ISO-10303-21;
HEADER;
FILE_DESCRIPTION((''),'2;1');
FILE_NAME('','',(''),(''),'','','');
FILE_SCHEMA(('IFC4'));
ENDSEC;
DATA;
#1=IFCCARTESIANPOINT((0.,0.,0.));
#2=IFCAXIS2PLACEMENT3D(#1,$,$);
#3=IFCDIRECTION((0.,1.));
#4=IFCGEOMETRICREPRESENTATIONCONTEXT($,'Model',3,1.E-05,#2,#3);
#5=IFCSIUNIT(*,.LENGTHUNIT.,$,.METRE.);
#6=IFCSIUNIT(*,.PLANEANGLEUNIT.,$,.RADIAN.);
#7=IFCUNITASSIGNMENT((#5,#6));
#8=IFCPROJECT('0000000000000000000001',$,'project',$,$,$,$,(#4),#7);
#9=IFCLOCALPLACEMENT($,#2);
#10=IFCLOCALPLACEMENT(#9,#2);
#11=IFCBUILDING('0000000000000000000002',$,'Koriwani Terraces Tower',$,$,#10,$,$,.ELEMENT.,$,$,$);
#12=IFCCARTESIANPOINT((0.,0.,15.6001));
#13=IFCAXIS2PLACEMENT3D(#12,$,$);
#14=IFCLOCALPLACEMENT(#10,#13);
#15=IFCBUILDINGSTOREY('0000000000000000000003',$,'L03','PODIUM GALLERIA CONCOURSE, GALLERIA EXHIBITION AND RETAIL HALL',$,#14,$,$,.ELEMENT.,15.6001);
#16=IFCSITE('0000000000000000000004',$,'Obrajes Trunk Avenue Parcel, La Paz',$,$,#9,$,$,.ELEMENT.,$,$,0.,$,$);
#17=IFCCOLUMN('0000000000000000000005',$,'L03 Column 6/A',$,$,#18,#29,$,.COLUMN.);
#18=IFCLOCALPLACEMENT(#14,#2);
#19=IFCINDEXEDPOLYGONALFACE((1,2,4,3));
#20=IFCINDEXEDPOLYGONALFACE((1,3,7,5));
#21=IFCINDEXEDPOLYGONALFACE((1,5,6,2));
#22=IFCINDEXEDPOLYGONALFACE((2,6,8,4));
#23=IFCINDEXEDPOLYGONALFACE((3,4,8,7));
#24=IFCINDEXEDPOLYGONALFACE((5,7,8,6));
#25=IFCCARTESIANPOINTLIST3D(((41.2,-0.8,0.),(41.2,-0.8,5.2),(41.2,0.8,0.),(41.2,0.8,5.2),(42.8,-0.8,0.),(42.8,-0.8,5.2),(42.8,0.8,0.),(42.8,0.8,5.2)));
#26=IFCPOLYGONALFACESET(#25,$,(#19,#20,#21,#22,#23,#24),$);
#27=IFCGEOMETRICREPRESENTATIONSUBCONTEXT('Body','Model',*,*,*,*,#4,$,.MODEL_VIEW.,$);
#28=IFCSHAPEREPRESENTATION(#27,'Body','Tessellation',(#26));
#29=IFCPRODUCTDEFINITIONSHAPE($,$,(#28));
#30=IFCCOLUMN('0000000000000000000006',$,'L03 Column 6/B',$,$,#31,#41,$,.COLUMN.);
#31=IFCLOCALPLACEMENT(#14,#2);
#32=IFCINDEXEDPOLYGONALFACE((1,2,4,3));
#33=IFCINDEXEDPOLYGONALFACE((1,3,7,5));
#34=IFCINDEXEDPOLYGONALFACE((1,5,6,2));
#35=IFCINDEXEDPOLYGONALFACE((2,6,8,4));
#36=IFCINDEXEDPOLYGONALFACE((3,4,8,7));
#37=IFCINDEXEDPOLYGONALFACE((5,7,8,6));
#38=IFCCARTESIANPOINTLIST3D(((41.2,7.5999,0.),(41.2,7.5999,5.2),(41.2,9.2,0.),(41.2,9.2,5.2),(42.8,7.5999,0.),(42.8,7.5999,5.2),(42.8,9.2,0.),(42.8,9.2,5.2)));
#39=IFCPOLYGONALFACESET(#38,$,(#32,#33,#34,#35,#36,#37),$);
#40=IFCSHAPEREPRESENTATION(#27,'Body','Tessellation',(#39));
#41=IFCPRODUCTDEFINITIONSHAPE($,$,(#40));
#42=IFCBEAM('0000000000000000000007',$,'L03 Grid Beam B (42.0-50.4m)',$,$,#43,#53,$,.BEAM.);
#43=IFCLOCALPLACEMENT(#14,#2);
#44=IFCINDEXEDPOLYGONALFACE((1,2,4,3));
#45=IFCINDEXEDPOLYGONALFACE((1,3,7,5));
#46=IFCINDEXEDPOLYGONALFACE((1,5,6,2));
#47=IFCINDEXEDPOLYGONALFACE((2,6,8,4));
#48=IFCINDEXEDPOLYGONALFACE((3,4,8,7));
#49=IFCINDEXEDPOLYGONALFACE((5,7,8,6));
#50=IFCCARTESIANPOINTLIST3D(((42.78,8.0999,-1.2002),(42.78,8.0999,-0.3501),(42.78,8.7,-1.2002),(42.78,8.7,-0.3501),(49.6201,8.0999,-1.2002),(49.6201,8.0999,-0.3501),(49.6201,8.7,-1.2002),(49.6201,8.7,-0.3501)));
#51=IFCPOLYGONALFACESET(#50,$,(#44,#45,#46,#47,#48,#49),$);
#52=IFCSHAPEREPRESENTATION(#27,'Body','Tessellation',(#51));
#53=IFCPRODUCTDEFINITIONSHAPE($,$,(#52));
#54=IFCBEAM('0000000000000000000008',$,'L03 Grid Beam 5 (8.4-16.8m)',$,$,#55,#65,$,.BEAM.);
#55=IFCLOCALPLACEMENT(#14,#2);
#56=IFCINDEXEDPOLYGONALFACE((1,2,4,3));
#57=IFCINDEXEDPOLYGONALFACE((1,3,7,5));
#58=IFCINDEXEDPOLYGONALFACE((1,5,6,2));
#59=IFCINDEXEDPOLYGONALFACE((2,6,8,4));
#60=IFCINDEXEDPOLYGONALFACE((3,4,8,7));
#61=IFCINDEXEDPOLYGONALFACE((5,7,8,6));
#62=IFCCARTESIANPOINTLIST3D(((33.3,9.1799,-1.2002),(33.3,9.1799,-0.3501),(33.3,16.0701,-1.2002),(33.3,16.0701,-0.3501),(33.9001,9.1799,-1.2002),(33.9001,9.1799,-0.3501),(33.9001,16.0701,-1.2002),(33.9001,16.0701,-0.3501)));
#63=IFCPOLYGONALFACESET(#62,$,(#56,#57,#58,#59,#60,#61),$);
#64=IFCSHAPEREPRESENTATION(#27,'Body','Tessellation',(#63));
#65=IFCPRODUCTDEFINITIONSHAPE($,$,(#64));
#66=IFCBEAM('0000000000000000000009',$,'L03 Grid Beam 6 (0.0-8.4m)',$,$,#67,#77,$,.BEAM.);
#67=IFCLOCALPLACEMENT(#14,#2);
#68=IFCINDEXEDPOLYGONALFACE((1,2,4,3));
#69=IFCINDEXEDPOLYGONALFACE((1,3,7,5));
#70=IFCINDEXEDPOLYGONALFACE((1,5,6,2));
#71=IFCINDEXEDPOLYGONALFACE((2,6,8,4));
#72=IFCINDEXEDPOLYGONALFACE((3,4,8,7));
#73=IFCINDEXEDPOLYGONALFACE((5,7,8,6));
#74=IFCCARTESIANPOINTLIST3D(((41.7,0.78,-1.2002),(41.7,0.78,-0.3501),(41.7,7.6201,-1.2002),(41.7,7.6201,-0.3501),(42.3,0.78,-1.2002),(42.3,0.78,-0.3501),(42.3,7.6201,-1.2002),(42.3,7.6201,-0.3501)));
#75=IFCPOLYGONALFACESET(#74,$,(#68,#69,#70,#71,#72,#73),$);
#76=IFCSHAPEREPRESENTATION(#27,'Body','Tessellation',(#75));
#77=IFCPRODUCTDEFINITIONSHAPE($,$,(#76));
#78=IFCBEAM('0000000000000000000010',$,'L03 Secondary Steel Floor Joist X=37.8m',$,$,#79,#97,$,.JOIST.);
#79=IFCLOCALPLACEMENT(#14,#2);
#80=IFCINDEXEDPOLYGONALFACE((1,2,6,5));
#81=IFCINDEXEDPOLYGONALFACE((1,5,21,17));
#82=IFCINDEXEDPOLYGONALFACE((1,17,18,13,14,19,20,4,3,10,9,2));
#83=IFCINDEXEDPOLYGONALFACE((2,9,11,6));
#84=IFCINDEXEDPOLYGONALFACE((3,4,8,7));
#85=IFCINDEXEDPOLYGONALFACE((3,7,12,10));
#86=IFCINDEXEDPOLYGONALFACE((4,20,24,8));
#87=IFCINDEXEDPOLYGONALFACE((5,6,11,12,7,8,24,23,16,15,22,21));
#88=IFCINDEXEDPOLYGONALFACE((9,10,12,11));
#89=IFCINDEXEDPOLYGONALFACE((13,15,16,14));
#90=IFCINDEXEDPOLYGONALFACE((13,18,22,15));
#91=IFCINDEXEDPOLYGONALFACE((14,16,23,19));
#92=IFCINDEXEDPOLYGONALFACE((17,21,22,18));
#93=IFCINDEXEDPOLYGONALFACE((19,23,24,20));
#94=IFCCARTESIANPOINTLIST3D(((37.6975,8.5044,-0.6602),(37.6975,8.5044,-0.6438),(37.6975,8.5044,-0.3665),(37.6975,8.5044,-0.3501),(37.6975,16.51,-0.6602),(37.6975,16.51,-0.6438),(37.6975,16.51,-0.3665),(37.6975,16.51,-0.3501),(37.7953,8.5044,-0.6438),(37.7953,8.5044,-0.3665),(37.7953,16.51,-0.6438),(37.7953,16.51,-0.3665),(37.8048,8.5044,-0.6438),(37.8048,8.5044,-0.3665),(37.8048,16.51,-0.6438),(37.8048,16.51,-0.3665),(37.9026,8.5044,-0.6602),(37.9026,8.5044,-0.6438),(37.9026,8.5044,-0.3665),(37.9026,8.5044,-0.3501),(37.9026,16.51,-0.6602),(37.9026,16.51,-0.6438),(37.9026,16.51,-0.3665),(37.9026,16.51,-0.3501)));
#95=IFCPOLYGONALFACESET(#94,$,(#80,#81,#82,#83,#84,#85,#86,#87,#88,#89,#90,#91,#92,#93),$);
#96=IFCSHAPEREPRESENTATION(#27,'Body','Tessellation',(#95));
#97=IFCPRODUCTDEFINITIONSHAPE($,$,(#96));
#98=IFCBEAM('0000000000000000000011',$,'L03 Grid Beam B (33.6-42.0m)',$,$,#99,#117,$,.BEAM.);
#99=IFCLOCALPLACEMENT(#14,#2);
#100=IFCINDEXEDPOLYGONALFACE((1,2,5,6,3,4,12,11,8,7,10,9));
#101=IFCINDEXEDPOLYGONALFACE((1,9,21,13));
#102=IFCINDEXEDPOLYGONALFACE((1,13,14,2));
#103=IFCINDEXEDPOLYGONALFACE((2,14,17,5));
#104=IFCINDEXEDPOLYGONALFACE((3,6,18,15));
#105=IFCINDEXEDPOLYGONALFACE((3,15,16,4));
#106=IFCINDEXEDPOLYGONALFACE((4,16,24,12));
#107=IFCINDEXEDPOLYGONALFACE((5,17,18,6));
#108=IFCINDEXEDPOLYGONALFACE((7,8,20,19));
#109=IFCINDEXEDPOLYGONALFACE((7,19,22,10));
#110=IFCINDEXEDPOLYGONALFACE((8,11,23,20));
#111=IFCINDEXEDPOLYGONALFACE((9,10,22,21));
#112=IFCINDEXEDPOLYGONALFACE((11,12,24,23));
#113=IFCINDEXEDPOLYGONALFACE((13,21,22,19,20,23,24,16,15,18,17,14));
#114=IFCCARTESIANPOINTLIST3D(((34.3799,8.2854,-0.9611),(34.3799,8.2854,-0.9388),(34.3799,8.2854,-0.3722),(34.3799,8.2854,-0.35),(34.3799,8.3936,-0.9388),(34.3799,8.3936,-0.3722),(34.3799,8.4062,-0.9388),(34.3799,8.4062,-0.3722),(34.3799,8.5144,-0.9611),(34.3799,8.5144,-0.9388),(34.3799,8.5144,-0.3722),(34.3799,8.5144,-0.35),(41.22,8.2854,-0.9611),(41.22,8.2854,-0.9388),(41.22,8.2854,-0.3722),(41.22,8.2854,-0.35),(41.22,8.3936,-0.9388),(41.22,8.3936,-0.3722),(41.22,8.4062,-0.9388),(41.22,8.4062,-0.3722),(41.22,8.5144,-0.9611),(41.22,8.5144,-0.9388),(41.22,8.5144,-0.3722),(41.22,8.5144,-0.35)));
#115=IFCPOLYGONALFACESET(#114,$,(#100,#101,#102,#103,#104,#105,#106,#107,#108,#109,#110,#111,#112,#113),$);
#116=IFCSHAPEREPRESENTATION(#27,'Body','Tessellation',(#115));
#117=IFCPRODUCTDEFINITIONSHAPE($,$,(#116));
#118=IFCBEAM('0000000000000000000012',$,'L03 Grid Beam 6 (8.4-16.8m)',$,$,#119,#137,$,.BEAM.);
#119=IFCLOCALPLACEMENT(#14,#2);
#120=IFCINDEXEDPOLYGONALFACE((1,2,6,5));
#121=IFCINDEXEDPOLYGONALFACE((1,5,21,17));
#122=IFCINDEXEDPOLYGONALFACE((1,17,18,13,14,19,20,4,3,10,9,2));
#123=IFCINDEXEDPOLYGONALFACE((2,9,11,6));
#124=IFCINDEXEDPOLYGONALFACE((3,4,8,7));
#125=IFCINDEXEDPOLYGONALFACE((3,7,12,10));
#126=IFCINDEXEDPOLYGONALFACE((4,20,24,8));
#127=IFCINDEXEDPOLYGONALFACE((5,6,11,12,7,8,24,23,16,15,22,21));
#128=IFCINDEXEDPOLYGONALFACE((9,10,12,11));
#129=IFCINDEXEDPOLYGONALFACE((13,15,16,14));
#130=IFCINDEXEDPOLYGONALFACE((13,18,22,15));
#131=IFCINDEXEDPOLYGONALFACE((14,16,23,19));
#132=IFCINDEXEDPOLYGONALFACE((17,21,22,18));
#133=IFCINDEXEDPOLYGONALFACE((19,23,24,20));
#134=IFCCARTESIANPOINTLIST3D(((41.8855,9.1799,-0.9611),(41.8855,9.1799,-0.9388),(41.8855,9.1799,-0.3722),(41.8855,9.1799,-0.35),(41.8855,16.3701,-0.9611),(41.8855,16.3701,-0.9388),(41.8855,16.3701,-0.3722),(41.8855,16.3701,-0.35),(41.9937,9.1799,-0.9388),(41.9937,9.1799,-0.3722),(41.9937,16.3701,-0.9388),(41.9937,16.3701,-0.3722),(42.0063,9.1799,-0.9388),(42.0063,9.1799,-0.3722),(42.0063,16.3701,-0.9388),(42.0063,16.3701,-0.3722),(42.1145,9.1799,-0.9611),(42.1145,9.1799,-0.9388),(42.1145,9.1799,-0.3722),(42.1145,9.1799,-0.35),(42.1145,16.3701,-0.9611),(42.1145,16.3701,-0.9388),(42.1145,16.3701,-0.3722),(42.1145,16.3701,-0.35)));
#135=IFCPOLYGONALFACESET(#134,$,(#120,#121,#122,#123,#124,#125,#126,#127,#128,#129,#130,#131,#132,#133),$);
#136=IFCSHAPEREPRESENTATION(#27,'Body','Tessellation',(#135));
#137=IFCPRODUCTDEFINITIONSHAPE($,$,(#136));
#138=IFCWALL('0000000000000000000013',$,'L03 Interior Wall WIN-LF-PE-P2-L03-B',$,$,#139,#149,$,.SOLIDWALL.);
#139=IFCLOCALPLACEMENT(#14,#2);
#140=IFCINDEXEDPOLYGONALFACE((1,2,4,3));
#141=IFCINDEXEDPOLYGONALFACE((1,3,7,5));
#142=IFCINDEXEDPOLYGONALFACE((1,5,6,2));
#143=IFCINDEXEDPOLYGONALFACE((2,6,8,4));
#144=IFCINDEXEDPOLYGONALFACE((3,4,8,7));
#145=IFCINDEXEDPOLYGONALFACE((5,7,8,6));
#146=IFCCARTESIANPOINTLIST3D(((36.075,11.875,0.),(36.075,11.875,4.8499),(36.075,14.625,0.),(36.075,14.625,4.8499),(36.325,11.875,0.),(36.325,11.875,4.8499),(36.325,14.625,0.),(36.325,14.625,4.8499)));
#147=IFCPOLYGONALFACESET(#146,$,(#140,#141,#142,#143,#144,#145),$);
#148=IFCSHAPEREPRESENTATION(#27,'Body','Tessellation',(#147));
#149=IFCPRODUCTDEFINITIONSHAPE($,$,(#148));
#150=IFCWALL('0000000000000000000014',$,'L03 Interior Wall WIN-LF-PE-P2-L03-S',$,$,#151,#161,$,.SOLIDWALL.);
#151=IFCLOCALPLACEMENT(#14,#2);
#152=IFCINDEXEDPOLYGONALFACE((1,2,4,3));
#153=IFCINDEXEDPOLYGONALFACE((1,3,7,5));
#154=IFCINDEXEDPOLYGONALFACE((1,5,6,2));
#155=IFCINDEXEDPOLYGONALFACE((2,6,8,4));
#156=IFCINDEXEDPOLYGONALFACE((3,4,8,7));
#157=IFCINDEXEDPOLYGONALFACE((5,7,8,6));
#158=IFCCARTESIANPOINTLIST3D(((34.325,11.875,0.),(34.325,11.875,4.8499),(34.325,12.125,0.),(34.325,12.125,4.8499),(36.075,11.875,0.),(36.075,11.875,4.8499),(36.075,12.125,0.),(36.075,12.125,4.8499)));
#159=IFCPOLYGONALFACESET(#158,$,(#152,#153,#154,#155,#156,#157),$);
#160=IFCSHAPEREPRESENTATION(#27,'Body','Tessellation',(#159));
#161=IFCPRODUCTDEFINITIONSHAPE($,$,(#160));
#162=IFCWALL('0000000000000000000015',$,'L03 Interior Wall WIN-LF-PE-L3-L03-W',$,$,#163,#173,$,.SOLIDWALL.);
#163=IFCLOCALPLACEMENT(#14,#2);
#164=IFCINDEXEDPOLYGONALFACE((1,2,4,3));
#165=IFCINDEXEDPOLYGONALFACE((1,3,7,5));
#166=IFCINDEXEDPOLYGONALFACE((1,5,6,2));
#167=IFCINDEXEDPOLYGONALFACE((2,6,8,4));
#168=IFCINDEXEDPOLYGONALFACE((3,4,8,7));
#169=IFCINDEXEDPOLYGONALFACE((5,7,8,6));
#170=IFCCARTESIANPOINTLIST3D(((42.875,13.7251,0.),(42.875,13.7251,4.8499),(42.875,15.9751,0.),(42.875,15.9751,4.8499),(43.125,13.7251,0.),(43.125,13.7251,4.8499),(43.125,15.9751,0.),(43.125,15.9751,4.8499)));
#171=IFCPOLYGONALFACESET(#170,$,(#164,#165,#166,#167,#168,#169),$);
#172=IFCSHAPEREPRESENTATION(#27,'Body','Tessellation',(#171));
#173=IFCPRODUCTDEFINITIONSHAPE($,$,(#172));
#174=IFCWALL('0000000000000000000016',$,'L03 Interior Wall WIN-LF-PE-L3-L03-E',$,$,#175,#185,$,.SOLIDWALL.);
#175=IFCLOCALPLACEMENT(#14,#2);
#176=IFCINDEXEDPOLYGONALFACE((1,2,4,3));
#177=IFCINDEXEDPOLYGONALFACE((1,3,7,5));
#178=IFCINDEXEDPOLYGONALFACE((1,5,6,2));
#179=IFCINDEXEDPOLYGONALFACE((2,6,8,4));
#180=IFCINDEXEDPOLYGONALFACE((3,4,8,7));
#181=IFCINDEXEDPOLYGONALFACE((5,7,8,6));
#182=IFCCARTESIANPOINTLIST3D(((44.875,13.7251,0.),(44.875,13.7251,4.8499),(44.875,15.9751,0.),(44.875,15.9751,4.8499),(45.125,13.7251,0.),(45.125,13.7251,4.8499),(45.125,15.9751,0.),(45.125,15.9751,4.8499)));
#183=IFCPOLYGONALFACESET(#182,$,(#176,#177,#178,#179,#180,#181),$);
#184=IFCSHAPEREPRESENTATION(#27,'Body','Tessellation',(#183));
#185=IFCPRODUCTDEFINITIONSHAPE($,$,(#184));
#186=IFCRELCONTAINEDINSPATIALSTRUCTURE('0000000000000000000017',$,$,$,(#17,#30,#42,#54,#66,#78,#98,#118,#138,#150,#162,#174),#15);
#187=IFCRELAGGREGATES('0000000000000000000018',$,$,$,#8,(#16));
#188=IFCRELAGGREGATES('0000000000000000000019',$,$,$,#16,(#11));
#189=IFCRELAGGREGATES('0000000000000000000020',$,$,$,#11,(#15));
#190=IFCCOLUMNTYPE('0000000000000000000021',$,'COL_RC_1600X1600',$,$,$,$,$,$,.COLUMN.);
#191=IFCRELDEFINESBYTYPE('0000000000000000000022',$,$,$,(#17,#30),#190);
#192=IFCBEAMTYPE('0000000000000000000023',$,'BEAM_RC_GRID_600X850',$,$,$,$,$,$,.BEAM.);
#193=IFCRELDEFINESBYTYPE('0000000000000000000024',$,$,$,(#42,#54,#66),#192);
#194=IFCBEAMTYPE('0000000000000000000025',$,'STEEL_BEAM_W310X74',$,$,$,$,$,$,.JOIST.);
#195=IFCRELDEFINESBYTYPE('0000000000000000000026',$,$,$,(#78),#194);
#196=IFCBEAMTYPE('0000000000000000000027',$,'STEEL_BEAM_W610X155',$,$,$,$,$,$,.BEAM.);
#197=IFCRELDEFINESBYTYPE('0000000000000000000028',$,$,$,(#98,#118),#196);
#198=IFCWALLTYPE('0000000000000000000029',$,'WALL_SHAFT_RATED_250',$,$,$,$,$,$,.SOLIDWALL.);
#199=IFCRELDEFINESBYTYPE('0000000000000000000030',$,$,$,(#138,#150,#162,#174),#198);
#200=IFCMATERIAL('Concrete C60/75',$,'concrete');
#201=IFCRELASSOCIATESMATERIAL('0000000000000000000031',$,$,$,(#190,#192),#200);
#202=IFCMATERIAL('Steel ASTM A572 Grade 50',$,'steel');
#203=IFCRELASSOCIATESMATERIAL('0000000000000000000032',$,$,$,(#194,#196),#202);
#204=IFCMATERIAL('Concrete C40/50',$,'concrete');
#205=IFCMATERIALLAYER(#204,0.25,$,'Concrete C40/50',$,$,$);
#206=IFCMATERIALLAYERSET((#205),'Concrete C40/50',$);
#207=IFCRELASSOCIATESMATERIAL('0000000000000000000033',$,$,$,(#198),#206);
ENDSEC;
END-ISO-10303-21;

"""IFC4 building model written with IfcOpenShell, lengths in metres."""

from ifc_helpers import new_model, si_unit, direction, frame, frame_2d, origin, origin_2d, place, context, subcontext, project, spatial, rectangle, i_section, extrude, material, layer, layer_set, material_profile, profile_set, type_object, element, save


model = new_model("IFC4")

# Units and contexts
model_context = context("Model", 3, precision=1e-05, world=origin(), true_north=direction((0.0, 1.0)))
body_context = subcontext(model_context, "Body", "Model", "MODEL_VIEW")
ifc_project = project(units=[si_unit("LENGTHUNIT", "METRE"), si_unit("PLANEANGLEUNIT", "RADIAN")], contexts=[model_context])

# Site, building, storey
site_placement = place(None, origin())
site = spatial("IfcSite", under=ifc_project, at=site_placement, Name="Obrajes Trunk Avenue Parcel, La Paz", CompositionType="ELEMENT", RefElevation=0.0)
building_placement = place(site_placement, origin())
building = spatial("IfcBuilding", under=site, at=building_placement, Name="Koriwani Terraces Tower", CompositionType="ELEMENT")
storey_placement = place(building_placement, frame((0.0, 0.0, 15.6001)))
storey = spatial("IfcBuildingStorey", under=building, at=storey_placement, Name="L03", Description="PODIUM GALLERIA CONCOURSE, GALLERIA EXHIBITION AND RETAIL HALL", CompositionType="ELEMENT", Elevation=15.6001)

# Columns
ifc_material_1 = material(Name="Concrete C60/75", Category="concrete")
ifc_material_profile_1 = material_profile(ifc_material_1, rectangle(XDim=1.6001, YDim=1.6001, at=origin_2d()), Name="Concrete C60/75", Category="LoadBearing")
ifc_profile_set_1 = profile_set([ifc_material_profile_1], Name="Concrete C60/75")
column_type = type_object("IfcColumnType", Name="COL_RC_1600X1600", PredefinedType="COLUMN", material=ifc_profile_set_1)
for number, where, z_axis, x_axis, name in (
    (1, (42.0, 0.0, 0.0), (0.0, 0.0, 1.0), (1.0, 0.0, 0.0), "L03 Column 6/A"),
    (2, (42.0, 8.3999, 0.0), (0.0, 0.0, 1.0), (1.0, 0.0, 0.0), "L03 Column 6/B"),
):
    element("IfcColumn", number, at=place(storey_placement, frame(where, z_axis=z_axis, x_axis=x_axis)), inside=storey, type_object=column_type, Name=name, PredefinedType="COLUMN", context=body_context, shape_type="SweptSolid", body=[
        extrude(rectangle(XDim=1.6001, YDim=1.6001, at=origin_2d()), origin(), (0.0, 0.0, 1.0), 5.2),
    ])

# Beams
ifc_material_profile_2 = material_profile(ifc_material_1, rectangle(XDim=0.6001, YDim=0.8501, at=origin_2d()), Name="Concrete C60/75", Category="LoadBearing")
ifc_profile_set_2 = profile_set([ifc_material_profile_2], Name="Concrete C60/75")
beam_type_1 = type_object("IfcBeamType", Name="BEAM_RC_GRID_600X850", PredefinedType="BEAM", material=ifc_profile_set_2)
beam_1_placement = place(storey_placement, frame((42.78, 8.3999, -0.7751), z_axis=(1.0, 0.0, 0.0), x_axis=(0.0, 1.0, 0.0)))
element("IfcBeam", 3, at=beam_1_placement, inside=storey, type_object=beam_type_1, Name="L03 Grid Beam B (42.0-50.4m)", PredefinedType="BEAM", context=body_context, shape_type="SweptSolid", body=[
    extrude(rectangle(XDim=0.6001, YDim=0.8501, at=origin_2d()), origin(), (0.0, 0.0, 1.0), 6.8401),
])
beam_2_placement = place(storey_placement, frame((33.6001, 9.1799, -0.7751), z_axis=(0.0, 1.0, 0.0), x_axis=(-1.0, 0.0, 0.0)))
element("IfcBeam", 4, at=beam_2_placement, inside=storey, type_object=beam_type_1, Name="L03 Grid Beam 5 (8.4-16.8m)", PredefinedType="BEAM", context=body_context, shape_type="SweptSolid", body=[
    extrude(rectangle(XDim=0.6001, YDim=0.8501, at=origin_2d()), origin(), (0.0, 0.0, 1.0), 6.8901),
])
beam_3_placement = place(storey_placement, frame((42.0, 0.78, -0.7751), z_axis=(0.0, 1.0, 0.0), x_axis=(-1.0, 0.0, 0.0)))
element("IfcBeam", 5, at=beam_3_placement, inside=storey, type_object=beam_type_1, Name="L03 Grid Beam 6 (0.0-8.4m)", PredefinedType="BEAM", context=body_context, shape_type="SweptSolid", body=[
    extrude(rectangle(XDim=0.6001, YDim=0.8501, at=origin_2d()), origin(), (0.0, 0.0, 1.0), 6.8401),
])
ifc_material_2 = material(Name="Steel ASTM A572 Grade 50", Category="steel")
ifc_material_profile_3 = material_profile(ifc_material_2, i_section(OverallWidth=0.2051, OverallDepth=0.3101, WebThickness=0.0095, FlangeThickness=0.0164, at=origin_2d()), Name="Steel ASTM A572 Grade 50", Category="LoadBearing")
ifc_profile_set_3 = profile_set([ifc_material_profile_3], Name="Steel ASTM A572 Grade 50")
beam_type_2 = type_object("IfcBeamType", Name="STEEL_BEAM_W310X74", PredefinedType="JOIST", material=ifc_profile_set_3)
beam_4_placement = place(storey_placement, frame((37.8, 8.5044, -0.5051), z_axis=(0.0, 1.0, 0.0), x_axis=(-1.0, 0.0, 0.0)))
element("IfcBeam", 6, at=beam_4_placement, inside=storey, type_object=beam_type_2, Name="L03 Secondary Steel Floor Joist X=37.8m", PredefinedType="JOIST", context=body_context, shape_type="SweptSolid", body=[
    extrude(i_section(OverallWidth=0.2051, OverallDepth=0.3101, WebThickness=0.0095, FlangeThickness=0.0164, at=origin_2d()), origin(), (0.0, 0.0, 1.0), 8.0056),
])
ifc_material_profile_4 = material_profile(ifc_material_2, i_section(OverallWidth=0.229, OverallDepth=0.6111, WebThickness=0.0127, FlangeThickness=0.0222, at=origin_2d()), Name="Steel ASTM A572 Grade 50", Category="LoadBearing")
ifc_profile_set_4 = profile_set([ifc_material_profile_4], Name="Steel ASTM A572 Grade 50")
beam_type_3 = type_object("IfcBeamType", Name="STEEL_BEAM_W610X155", PredefinedType="BEAM", material=ifc_profile_set_4)
beam_5_placement = place(storey_placement, frame((34.3799, 8.3999, -0.6555), z_axis=(1.0, 0.0, 0.0), x_axis=(0.0, 1.0, 0.0)))
element("IfcBeam", 7, at=beam_5_placement, inside=storey, type_object=beam_type_3, Name="L03 Grid Beam B (33.6-42.0m)", PredefinedType="BEAM", context=body_context, shape_type="SweptSolid", body=[
    extrude(i_section(OverallWidth=0.229, OverallDepth=0.6111, WebThickness=0.0127, FlangeThickness=0.0222, at=origin_2d()), origin(), (0.0, 0.0, 1.0), 6.8401),
])
beam_6_placement = place(storey_placement, frame((42.0, 9.1799, -0.6555), z_axis=(0.0, 1.0, 0.0), x_axis=(-1.0, 0.0, 0.0)))
element("IfcBeam", 8, at=beam_6_placement, inside=storey, type_object=beam_type_3, Name="L03 Grid Beam 6 (8.4-16.8m)", PredefinedType="BEAM", context=body_context, shape_type="SweptSolid", body=[
    extrude(i_section(OverallWidth=0.229, OverallDepth=0.6111, WebThickness=0.0127, FlangeThickness=0.0222, at=origin_2d()), origin(), (0.0, 0.0, 1.0), 7.1902),
])

# Shared definitions
ifc_material_3 = material(Name="Concrete C40/50", Category="concrete")
ifc_layer = layer(ifc_material_3, 0.25, Name="Concrete C40/50")
ifc_layer_set = layer_set([ifc_layer], Name="Concrete C40/50")
wall_type = type_object("IfcWallType", Name="WALL_SHAFT_RATED_250", PredefinedType="SOLIDWALL", material=ifc_layer_set)

# Walls
wall_1_placement = place(storey_placement, frame((36.2, 11.875, 0.0), z_axis=(0.0, 0.0, 1.0), x_axis=(0.0, 1.0, 0.0)))
element("IfcWall", 9, at=wall_1_placement, inside=storey, type_object=wall_type, Name="L03 Interior Wall WIN-LF-PE-P2-L03-B", PredefinedType="SOLIDWALL", context=body_context, shape_type="SweptSolid", body=[
    extrude(rectangle(XDim=2.75, YDim=0.25, at=frame_2d((1.375, 0.0))), origin(), (0.0, 0.0, 1.0), 4.8499),
])
wall_2_placement = place(storey_placement, frame((34.325, 12.0, 0.0), z_axis=(0.0, 0.0, 1.0), x_axis=(1.0, 0.0, 0.0)))
element("IfcWall", 10, at=wall_2_placement, inside=storey, type_object=wall_type, Name="L03 Interior Wall WIN-LF-PE-P2-L03-S", PredefinedType="SOLIDWALL", context=body_context, shape_type="SweptSolid", body=[
    extrude(rectangle(XDim=1.75, YDim=0.25, at=frame_2d((0.875, 0.0))), origin(), (0.0, 0.0, 1.0), 4.8499),
])

# Walls
for number, where, z_axis, x_axis, name in (
    (11, (43.0, 13.7251, 0.0), (0.0, 0.0, 1.0), (0.0, 1.0, 0.0), "L03 Interior Wall WIN-LF-PE-L3-L03-W"),
    (12, (45.0, 13.7251, 0.0), (0.0, 0.0, 1.0), (0.0, 1.0, 0.0), "L03 Interior Wall WIN-LF-PE-L3-L03-E"),
):
    element("IfcWall", number, at=place(storey_placement, frame(where, z_axis=z_axis, x_axis=x_axis)), inside=storey, type_object=wall_type, Name=name, PredefinedType="SOLIDWALL", context=body_context, shape_type="SweptSolid", body=[
        extrude(rectangle(XDim=2.25, YDim=0.25, at=frame_2d((1.125, 0.0))), origin(), (0.0, 0.0, 1.0), 4.8499),
    ])

save(model, "model.ifc")
